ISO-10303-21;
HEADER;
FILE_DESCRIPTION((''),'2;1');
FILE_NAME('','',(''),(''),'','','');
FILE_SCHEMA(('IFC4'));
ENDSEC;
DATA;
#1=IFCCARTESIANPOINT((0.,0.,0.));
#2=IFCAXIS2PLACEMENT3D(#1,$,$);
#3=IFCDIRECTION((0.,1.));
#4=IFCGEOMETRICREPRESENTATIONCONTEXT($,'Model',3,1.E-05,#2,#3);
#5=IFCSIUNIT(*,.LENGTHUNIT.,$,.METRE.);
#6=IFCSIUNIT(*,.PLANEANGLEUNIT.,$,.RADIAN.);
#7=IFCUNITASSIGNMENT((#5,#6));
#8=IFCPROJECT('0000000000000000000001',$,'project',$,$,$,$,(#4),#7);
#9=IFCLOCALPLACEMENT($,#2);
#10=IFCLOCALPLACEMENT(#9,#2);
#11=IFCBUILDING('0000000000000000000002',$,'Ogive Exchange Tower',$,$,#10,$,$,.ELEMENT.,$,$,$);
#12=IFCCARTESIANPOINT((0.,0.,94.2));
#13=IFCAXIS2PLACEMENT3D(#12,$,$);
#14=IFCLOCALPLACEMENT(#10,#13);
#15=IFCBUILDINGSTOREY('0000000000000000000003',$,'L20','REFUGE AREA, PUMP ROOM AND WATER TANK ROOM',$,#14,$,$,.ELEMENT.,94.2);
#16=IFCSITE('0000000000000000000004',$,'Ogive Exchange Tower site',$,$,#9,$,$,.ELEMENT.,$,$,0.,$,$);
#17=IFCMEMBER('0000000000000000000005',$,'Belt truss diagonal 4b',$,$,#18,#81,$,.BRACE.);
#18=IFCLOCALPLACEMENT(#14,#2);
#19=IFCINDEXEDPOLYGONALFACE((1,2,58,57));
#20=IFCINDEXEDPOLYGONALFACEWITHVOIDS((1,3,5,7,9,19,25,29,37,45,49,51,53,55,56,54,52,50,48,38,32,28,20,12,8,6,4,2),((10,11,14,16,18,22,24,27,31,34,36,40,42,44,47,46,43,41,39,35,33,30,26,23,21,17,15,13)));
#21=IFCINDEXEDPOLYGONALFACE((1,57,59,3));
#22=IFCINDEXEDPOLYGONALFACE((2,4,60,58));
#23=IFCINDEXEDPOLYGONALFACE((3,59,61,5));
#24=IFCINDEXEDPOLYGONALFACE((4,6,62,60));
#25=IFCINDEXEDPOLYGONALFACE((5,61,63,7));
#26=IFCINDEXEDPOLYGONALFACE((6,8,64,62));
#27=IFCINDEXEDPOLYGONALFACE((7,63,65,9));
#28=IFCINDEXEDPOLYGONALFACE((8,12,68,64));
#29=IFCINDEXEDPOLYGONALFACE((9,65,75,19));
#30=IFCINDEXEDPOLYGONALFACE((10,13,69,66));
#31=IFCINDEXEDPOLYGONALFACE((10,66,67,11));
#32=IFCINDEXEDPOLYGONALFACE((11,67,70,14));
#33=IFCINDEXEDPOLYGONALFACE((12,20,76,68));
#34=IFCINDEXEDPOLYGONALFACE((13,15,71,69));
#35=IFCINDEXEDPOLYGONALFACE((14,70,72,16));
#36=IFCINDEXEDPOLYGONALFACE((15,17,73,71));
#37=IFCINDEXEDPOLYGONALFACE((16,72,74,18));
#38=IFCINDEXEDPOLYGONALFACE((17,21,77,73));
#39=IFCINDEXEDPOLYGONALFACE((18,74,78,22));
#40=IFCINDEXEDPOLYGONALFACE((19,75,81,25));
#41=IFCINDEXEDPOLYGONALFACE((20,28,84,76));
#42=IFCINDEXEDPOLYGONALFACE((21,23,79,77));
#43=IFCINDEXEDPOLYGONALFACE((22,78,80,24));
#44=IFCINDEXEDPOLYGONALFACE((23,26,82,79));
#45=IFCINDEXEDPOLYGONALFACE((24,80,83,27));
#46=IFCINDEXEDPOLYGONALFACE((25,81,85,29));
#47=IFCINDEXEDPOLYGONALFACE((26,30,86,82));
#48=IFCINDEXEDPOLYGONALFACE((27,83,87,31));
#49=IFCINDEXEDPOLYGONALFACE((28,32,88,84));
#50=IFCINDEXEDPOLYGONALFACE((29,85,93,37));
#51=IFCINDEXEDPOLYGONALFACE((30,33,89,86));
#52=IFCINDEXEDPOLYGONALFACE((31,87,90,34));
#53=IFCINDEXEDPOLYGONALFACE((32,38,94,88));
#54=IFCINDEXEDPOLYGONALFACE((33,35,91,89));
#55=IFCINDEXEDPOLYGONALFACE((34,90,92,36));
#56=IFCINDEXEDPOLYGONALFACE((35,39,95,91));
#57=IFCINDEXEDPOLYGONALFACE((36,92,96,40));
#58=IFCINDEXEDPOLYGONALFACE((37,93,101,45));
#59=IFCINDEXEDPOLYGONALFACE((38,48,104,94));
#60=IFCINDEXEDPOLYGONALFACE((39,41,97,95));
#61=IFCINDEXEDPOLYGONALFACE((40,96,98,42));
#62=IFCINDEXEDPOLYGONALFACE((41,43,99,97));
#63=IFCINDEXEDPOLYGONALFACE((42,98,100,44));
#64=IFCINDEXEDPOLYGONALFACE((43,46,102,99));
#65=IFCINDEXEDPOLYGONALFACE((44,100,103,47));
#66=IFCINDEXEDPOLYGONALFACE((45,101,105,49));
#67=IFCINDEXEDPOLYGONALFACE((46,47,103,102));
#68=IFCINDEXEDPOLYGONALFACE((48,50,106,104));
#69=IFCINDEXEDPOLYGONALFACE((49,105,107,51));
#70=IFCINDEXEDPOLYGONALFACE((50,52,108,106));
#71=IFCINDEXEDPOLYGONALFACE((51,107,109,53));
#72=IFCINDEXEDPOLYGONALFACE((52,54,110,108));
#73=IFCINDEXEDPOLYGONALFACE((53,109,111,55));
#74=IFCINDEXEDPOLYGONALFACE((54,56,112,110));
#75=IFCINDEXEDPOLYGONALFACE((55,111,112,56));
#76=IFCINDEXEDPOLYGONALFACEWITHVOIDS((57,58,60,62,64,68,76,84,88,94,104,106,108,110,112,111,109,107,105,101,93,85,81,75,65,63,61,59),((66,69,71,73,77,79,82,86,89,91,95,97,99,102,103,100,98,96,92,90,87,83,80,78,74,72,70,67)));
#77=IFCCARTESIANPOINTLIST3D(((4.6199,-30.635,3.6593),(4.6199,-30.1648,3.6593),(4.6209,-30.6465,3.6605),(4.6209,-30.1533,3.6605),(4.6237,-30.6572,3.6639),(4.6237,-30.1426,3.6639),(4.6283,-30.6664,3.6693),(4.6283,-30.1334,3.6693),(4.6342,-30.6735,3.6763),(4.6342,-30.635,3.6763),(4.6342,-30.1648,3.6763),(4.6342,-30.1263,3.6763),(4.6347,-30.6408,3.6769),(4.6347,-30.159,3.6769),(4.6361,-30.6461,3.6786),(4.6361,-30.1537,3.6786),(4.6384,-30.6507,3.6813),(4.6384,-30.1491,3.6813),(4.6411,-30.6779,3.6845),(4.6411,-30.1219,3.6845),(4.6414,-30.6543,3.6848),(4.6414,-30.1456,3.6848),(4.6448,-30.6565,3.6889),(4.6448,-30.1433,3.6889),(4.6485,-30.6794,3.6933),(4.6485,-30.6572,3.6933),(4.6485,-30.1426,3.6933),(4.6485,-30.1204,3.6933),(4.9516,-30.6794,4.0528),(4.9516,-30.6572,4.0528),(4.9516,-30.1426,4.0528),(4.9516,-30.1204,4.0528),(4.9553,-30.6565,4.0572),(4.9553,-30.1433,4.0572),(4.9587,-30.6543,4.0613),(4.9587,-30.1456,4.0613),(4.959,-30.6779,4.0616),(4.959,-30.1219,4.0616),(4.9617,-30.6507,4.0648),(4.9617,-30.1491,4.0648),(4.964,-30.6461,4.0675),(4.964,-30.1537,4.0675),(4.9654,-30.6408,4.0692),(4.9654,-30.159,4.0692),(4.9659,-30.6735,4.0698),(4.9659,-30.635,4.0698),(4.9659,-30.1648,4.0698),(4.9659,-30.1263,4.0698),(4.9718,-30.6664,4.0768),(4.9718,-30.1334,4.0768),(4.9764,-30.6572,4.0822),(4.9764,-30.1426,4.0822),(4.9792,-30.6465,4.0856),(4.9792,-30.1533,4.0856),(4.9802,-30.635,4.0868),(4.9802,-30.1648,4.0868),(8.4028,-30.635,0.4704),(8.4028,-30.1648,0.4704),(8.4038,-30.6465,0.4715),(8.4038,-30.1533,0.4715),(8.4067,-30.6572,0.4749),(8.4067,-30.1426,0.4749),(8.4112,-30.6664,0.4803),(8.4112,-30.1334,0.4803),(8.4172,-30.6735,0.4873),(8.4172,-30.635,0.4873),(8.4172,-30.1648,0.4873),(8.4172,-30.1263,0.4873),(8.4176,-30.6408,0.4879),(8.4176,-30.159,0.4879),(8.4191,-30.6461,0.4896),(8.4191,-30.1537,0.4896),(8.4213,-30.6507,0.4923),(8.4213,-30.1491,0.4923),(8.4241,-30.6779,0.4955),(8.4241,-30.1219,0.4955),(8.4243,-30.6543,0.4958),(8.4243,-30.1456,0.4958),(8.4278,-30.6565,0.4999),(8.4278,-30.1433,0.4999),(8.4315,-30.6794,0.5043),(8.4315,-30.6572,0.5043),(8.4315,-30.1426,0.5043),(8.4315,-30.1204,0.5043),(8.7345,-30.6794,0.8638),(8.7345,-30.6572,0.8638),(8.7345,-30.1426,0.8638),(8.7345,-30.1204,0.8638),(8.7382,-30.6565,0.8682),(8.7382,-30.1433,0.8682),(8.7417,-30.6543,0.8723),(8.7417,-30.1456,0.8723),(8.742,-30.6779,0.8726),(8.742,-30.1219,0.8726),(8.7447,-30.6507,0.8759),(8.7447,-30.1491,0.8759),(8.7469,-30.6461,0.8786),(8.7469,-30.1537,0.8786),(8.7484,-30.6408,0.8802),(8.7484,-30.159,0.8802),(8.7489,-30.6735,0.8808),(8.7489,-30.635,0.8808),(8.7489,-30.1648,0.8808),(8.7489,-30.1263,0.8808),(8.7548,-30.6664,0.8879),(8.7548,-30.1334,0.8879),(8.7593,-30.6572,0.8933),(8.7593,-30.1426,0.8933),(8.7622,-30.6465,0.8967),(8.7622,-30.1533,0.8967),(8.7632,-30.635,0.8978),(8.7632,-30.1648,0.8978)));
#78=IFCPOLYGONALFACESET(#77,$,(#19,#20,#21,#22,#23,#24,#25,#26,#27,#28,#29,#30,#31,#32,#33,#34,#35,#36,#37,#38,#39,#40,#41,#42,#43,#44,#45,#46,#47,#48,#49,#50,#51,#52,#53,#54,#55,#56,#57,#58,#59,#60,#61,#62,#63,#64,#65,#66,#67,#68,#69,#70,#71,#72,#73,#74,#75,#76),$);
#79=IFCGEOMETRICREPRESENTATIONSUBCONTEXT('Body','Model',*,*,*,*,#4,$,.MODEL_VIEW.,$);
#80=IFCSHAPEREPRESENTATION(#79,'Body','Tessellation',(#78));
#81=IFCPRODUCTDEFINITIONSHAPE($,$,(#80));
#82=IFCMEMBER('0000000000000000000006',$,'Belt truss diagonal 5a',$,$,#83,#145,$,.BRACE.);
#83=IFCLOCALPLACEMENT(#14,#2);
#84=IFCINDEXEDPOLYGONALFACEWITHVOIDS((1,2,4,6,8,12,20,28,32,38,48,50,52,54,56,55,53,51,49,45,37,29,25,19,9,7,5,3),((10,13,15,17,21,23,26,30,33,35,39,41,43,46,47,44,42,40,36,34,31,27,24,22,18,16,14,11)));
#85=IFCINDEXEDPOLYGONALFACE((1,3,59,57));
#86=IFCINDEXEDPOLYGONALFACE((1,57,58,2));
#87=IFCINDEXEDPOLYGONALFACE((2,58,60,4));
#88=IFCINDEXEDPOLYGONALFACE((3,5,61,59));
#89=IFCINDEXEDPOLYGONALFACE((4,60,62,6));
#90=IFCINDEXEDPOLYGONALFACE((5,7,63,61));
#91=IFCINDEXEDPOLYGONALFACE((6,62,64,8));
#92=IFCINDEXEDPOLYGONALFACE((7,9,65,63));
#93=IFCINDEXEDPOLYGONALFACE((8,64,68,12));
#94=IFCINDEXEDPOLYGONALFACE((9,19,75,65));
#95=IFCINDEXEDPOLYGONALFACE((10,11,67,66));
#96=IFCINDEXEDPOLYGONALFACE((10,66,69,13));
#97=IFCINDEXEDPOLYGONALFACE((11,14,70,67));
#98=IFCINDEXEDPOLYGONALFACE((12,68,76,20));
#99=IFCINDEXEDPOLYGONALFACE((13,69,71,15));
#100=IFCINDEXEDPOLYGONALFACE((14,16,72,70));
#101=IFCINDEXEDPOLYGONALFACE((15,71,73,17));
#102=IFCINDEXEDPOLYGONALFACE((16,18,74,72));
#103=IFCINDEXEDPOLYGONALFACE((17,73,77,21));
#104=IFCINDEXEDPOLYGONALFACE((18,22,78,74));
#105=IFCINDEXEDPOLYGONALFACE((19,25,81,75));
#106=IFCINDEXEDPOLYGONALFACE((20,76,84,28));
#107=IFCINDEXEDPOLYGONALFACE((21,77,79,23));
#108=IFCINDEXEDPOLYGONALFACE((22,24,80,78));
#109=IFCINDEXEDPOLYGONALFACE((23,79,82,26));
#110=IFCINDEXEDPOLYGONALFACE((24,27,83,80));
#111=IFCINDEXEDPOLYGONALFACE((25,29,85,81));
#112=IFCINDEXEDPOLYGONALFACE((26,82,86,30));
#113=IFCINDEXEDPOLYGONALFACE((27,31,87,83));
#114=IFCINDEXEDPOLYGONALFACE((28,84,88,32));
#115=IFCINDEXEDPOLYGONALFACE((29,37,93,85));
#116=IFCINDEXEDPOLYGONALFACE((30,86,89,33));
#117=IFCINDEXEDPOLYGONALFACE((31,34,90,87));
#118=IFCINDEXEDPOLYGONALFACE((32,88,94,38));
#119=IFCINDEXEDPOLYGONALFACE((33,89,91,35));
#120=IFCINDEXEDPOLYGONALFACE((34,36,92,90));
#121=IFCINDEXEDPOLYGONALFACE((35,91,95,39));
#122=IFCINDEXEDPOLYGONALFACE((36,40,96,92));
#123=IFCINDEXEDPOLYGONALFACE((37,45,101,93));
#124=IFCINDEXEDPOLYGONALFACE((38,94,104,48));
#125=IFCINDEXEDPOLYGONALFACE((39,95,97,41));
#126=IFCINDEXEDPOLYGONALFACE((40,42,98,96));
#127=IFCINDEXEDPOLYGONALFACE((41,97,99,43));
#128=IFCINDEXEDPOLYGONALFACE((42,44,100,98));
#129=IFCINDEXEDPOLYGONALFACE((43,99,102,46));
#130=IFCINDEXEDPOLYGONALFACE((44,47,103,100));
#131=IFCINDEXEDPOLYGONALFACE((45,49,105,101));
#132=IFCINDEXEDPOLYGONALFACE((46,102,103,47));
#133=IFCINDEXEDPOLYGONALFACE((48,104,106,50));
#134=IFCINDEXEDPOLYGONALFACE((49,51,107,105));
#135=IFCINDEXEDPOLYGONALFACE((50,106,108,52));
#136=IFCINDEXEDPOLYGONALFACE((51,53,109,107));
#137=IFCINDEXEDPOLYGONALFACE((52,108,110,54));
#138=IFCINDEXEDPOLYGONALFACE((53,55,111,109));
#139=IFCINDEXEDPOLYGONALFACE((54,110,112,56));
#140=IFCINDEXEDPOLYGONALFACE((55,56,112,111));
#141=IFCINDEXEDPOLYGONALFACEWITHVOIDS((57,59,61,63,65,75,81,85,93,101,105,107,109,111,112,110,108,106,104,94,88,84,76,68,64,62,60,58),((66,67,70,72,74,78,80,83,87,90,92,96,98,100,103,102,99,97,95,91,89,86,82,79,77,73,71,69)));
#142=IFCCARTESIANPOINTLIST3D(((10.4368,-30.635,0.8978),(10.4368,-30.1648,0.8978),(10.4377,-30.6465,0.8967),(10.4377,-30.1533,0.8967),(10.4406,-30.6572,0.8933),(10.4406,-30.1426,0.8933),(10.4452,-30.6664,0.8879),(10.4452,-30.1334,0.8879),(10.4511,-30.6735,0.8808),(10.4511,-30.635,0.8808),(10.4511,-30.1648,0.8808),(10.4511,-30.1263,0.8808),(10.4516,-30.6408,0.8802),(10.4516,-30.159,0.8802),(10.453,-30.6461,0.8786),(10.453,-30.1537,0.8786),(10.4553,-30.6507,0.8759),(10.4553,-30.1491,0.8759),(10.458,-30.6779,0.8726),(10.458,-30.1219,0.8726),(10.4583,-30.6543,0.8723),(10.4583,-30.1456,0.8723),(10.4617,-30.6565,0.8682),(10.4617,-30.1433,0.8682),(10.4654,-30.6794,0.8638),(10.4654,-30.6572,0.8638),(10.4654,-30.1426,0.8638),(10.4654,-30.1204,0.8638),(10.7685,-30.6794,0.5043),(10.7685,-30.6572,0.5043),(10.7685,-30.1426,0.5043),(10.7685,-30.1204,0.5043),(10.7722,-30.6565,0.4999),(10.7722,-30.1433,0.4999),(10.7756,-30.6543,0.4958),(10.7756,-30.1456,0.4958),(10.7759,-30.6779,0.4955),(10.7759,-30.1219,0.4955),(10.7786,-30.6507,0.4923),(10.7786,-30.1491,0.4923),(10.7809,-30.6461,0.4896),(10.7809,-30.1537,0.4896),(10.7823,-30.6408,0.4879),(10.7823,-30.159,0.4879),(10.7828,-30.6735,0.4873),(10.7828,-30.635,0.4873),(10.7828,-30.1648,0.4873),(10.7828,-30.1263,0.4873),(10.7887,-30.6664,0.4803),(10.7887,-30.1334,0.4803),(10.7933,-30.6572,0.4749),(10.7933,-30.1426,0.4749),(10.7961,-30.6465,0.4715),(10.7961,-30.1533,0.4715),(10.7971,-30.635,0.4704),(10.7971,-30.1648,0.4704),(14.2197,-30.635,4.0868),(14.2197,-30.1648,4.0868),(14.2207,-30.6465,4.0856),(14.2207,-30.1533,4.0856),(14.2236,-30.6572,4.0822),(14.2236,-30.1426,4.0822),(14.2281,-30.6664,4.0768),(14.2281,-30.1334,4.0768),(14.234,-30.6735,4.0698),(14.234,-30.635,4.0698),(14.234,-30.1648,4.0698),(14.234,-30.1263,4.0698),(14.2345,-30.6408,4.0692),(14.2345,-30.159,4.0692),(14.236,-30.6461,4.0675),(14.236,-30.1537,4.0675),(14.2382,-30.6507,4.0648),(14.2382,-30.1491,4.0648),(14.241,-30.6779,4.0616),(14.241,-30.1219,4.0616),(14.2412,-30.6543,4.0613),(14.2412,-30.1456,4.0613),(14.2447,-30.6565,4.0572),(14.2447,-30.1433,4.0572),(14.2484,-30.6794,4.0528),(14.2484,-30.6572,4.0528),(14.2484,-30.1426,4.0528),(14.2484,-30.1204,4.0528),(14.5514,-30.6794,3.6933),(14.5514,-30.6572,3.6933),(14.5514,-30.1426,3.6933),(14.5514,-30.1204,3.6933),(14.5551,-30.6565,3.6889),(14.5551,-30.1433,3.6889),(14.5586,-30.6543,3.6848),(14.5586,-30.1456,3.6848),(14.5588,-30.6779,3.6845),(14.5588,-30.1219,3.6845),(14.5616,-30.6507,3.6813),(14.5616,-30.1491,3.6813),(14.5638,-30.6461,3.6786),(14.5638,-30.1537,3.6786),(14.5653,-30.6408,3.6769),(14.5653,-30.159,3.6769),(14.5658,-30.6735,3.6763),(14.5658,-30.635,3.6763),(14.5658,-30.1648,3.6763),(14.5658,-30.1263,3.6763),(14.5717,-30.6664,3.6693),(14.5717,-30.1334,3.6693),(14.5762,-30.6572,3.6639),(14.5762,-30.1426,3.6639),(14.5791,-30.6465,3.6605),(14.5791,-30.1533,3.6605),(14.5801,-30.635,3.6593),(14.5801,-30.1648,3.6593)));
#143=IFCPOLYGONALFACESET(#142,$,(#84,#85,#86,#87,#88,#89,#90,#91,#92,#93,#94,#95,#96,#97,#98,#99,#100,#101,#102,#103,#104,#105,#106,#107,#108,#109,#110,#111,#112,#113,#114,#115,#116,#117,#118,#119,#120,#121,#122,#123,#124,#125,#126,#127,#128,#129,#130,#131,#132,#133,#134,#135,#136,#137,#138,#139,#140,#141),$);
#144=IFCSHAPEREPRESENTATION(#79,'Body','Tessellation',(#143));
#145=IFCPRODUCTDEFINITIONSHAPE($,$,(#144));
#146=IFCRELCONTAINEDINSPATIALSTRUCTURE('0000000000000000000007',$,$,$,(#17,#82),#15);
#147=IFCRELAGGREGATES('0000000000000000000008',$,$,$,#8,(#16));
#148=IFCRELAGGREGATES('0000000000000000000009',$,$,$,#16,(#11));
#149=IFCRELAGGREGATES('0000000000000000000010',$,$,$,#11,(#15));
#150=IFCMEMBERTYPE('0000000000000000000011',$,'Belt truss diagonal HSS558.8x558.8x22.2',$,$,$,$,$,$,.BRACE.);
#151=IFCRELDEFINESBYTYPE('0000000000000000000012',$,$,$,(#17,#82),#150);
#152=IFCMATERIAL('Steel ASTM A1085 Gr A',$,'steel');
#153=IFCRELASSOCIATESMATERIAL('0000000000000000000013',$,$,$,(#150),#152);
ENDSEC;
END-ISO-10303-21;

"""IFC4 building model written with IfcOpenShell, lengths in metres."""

from ifc_helpers import new_model, si_unit, direction, frame, origin, origin_2d, place, context, subcontext, project, spatial, hollow_rectangle, extrude, material, material_profile, profile_set, type_object, element, save


model = new_model("IFC4")

# Units and contexts
model_context = context("Model", 3, precision=1e-05, world=origin(), true_north=direction((0.0, 1.0)))
body_context = subcontext(model_context, "Body", "Model", "MODEL_VIEW")
ifc_project = project(units=[si_unit("LENGTHUNIT", "METRE"), si_unit("PLANEANGLEUNIT", "RADIAN")], contexts=[model_context])

# Site, building, storey
site_placement = place(None, origin())
site = spatial("IfcSite", under=ifc_project, at=site_placement, Name="Ogive Exchange Tower site", CompositionType="ELEMENT", RefElevation=0.0)
building_placement = place(site_placement, origin())
building = spatial("IfcBuilding", under=site, at=building_placement, Name="Ogive Exchange Tower", CompositionType="ELEMENT")
storey_placement = place(building_placement, frame((0.0, 0.0, 94.2)))
storey = spatial("IfcBuildingStorey", under=building, at=storey_placement, Name="L20", Description="REFUGE AREA, PUMP ROOM AND WATER TANK ROOM", CompositionType="ELEMENT", Elevation=94.2)

# Members
ifc_material_1 = material(Name="Steel ASTM A1085 Gr A", Category="steel")
ifc_material_profile_1 = material_profile(ifc_material_1, hollow_rectangle(XDim=0.5591, YDim=0.5591, WallThickness=0.0222, InnerFilletRadius=0.0222, OuterFilletRadius=0.0444, at=origin_2d()), Name="HSS558.8x558.8x22.2")
ifc_profile_set_1 = profile_set([ifc_material_profile_1], Name="Steel ASTM A1085 Gr A")
member_type_1 = type_object("IfcMemberType", Name="Belt truss diagonal HSS558.8x558.8x22.2", PredefinedType="BRACE", material=ifc_profile_set_1)
for number, where, z_axis, x_axis, name in (
    (1, (8.583, -30.3999, 0.6841), (-0.764581, 0.0, 0.644528), (0.0, -1.0, 0.0), "Belt truss diagonal 4b"),
    (2, (10.6169, -30.3999, 0.6841), (0.764581, 0.0, 0.644528), (0.0, 1.0, 0.0), "Belt truss diagonal 5a"),
):
    element("IfcMember", number, at=place(storey_placement, frame(where, z_axis=z_axis, x_axis=x_axis)), inside=storey, type_object=member_type_1, Name=name, PredefinedType="BRACE", context=body_context, shape_type="SweptSolid", body=[
        extrude(hollow_rectangle(XDim=0.5591, YDim=0.5591, WallThickness=0.0222, InnerFilletRadius=0.0222, OuterFilletRadius=0.0444, at=origin_2d()), origin(), (0.0, 0.0, 1.0), 4.9478),
    ])

save(model, "model.ifc")
